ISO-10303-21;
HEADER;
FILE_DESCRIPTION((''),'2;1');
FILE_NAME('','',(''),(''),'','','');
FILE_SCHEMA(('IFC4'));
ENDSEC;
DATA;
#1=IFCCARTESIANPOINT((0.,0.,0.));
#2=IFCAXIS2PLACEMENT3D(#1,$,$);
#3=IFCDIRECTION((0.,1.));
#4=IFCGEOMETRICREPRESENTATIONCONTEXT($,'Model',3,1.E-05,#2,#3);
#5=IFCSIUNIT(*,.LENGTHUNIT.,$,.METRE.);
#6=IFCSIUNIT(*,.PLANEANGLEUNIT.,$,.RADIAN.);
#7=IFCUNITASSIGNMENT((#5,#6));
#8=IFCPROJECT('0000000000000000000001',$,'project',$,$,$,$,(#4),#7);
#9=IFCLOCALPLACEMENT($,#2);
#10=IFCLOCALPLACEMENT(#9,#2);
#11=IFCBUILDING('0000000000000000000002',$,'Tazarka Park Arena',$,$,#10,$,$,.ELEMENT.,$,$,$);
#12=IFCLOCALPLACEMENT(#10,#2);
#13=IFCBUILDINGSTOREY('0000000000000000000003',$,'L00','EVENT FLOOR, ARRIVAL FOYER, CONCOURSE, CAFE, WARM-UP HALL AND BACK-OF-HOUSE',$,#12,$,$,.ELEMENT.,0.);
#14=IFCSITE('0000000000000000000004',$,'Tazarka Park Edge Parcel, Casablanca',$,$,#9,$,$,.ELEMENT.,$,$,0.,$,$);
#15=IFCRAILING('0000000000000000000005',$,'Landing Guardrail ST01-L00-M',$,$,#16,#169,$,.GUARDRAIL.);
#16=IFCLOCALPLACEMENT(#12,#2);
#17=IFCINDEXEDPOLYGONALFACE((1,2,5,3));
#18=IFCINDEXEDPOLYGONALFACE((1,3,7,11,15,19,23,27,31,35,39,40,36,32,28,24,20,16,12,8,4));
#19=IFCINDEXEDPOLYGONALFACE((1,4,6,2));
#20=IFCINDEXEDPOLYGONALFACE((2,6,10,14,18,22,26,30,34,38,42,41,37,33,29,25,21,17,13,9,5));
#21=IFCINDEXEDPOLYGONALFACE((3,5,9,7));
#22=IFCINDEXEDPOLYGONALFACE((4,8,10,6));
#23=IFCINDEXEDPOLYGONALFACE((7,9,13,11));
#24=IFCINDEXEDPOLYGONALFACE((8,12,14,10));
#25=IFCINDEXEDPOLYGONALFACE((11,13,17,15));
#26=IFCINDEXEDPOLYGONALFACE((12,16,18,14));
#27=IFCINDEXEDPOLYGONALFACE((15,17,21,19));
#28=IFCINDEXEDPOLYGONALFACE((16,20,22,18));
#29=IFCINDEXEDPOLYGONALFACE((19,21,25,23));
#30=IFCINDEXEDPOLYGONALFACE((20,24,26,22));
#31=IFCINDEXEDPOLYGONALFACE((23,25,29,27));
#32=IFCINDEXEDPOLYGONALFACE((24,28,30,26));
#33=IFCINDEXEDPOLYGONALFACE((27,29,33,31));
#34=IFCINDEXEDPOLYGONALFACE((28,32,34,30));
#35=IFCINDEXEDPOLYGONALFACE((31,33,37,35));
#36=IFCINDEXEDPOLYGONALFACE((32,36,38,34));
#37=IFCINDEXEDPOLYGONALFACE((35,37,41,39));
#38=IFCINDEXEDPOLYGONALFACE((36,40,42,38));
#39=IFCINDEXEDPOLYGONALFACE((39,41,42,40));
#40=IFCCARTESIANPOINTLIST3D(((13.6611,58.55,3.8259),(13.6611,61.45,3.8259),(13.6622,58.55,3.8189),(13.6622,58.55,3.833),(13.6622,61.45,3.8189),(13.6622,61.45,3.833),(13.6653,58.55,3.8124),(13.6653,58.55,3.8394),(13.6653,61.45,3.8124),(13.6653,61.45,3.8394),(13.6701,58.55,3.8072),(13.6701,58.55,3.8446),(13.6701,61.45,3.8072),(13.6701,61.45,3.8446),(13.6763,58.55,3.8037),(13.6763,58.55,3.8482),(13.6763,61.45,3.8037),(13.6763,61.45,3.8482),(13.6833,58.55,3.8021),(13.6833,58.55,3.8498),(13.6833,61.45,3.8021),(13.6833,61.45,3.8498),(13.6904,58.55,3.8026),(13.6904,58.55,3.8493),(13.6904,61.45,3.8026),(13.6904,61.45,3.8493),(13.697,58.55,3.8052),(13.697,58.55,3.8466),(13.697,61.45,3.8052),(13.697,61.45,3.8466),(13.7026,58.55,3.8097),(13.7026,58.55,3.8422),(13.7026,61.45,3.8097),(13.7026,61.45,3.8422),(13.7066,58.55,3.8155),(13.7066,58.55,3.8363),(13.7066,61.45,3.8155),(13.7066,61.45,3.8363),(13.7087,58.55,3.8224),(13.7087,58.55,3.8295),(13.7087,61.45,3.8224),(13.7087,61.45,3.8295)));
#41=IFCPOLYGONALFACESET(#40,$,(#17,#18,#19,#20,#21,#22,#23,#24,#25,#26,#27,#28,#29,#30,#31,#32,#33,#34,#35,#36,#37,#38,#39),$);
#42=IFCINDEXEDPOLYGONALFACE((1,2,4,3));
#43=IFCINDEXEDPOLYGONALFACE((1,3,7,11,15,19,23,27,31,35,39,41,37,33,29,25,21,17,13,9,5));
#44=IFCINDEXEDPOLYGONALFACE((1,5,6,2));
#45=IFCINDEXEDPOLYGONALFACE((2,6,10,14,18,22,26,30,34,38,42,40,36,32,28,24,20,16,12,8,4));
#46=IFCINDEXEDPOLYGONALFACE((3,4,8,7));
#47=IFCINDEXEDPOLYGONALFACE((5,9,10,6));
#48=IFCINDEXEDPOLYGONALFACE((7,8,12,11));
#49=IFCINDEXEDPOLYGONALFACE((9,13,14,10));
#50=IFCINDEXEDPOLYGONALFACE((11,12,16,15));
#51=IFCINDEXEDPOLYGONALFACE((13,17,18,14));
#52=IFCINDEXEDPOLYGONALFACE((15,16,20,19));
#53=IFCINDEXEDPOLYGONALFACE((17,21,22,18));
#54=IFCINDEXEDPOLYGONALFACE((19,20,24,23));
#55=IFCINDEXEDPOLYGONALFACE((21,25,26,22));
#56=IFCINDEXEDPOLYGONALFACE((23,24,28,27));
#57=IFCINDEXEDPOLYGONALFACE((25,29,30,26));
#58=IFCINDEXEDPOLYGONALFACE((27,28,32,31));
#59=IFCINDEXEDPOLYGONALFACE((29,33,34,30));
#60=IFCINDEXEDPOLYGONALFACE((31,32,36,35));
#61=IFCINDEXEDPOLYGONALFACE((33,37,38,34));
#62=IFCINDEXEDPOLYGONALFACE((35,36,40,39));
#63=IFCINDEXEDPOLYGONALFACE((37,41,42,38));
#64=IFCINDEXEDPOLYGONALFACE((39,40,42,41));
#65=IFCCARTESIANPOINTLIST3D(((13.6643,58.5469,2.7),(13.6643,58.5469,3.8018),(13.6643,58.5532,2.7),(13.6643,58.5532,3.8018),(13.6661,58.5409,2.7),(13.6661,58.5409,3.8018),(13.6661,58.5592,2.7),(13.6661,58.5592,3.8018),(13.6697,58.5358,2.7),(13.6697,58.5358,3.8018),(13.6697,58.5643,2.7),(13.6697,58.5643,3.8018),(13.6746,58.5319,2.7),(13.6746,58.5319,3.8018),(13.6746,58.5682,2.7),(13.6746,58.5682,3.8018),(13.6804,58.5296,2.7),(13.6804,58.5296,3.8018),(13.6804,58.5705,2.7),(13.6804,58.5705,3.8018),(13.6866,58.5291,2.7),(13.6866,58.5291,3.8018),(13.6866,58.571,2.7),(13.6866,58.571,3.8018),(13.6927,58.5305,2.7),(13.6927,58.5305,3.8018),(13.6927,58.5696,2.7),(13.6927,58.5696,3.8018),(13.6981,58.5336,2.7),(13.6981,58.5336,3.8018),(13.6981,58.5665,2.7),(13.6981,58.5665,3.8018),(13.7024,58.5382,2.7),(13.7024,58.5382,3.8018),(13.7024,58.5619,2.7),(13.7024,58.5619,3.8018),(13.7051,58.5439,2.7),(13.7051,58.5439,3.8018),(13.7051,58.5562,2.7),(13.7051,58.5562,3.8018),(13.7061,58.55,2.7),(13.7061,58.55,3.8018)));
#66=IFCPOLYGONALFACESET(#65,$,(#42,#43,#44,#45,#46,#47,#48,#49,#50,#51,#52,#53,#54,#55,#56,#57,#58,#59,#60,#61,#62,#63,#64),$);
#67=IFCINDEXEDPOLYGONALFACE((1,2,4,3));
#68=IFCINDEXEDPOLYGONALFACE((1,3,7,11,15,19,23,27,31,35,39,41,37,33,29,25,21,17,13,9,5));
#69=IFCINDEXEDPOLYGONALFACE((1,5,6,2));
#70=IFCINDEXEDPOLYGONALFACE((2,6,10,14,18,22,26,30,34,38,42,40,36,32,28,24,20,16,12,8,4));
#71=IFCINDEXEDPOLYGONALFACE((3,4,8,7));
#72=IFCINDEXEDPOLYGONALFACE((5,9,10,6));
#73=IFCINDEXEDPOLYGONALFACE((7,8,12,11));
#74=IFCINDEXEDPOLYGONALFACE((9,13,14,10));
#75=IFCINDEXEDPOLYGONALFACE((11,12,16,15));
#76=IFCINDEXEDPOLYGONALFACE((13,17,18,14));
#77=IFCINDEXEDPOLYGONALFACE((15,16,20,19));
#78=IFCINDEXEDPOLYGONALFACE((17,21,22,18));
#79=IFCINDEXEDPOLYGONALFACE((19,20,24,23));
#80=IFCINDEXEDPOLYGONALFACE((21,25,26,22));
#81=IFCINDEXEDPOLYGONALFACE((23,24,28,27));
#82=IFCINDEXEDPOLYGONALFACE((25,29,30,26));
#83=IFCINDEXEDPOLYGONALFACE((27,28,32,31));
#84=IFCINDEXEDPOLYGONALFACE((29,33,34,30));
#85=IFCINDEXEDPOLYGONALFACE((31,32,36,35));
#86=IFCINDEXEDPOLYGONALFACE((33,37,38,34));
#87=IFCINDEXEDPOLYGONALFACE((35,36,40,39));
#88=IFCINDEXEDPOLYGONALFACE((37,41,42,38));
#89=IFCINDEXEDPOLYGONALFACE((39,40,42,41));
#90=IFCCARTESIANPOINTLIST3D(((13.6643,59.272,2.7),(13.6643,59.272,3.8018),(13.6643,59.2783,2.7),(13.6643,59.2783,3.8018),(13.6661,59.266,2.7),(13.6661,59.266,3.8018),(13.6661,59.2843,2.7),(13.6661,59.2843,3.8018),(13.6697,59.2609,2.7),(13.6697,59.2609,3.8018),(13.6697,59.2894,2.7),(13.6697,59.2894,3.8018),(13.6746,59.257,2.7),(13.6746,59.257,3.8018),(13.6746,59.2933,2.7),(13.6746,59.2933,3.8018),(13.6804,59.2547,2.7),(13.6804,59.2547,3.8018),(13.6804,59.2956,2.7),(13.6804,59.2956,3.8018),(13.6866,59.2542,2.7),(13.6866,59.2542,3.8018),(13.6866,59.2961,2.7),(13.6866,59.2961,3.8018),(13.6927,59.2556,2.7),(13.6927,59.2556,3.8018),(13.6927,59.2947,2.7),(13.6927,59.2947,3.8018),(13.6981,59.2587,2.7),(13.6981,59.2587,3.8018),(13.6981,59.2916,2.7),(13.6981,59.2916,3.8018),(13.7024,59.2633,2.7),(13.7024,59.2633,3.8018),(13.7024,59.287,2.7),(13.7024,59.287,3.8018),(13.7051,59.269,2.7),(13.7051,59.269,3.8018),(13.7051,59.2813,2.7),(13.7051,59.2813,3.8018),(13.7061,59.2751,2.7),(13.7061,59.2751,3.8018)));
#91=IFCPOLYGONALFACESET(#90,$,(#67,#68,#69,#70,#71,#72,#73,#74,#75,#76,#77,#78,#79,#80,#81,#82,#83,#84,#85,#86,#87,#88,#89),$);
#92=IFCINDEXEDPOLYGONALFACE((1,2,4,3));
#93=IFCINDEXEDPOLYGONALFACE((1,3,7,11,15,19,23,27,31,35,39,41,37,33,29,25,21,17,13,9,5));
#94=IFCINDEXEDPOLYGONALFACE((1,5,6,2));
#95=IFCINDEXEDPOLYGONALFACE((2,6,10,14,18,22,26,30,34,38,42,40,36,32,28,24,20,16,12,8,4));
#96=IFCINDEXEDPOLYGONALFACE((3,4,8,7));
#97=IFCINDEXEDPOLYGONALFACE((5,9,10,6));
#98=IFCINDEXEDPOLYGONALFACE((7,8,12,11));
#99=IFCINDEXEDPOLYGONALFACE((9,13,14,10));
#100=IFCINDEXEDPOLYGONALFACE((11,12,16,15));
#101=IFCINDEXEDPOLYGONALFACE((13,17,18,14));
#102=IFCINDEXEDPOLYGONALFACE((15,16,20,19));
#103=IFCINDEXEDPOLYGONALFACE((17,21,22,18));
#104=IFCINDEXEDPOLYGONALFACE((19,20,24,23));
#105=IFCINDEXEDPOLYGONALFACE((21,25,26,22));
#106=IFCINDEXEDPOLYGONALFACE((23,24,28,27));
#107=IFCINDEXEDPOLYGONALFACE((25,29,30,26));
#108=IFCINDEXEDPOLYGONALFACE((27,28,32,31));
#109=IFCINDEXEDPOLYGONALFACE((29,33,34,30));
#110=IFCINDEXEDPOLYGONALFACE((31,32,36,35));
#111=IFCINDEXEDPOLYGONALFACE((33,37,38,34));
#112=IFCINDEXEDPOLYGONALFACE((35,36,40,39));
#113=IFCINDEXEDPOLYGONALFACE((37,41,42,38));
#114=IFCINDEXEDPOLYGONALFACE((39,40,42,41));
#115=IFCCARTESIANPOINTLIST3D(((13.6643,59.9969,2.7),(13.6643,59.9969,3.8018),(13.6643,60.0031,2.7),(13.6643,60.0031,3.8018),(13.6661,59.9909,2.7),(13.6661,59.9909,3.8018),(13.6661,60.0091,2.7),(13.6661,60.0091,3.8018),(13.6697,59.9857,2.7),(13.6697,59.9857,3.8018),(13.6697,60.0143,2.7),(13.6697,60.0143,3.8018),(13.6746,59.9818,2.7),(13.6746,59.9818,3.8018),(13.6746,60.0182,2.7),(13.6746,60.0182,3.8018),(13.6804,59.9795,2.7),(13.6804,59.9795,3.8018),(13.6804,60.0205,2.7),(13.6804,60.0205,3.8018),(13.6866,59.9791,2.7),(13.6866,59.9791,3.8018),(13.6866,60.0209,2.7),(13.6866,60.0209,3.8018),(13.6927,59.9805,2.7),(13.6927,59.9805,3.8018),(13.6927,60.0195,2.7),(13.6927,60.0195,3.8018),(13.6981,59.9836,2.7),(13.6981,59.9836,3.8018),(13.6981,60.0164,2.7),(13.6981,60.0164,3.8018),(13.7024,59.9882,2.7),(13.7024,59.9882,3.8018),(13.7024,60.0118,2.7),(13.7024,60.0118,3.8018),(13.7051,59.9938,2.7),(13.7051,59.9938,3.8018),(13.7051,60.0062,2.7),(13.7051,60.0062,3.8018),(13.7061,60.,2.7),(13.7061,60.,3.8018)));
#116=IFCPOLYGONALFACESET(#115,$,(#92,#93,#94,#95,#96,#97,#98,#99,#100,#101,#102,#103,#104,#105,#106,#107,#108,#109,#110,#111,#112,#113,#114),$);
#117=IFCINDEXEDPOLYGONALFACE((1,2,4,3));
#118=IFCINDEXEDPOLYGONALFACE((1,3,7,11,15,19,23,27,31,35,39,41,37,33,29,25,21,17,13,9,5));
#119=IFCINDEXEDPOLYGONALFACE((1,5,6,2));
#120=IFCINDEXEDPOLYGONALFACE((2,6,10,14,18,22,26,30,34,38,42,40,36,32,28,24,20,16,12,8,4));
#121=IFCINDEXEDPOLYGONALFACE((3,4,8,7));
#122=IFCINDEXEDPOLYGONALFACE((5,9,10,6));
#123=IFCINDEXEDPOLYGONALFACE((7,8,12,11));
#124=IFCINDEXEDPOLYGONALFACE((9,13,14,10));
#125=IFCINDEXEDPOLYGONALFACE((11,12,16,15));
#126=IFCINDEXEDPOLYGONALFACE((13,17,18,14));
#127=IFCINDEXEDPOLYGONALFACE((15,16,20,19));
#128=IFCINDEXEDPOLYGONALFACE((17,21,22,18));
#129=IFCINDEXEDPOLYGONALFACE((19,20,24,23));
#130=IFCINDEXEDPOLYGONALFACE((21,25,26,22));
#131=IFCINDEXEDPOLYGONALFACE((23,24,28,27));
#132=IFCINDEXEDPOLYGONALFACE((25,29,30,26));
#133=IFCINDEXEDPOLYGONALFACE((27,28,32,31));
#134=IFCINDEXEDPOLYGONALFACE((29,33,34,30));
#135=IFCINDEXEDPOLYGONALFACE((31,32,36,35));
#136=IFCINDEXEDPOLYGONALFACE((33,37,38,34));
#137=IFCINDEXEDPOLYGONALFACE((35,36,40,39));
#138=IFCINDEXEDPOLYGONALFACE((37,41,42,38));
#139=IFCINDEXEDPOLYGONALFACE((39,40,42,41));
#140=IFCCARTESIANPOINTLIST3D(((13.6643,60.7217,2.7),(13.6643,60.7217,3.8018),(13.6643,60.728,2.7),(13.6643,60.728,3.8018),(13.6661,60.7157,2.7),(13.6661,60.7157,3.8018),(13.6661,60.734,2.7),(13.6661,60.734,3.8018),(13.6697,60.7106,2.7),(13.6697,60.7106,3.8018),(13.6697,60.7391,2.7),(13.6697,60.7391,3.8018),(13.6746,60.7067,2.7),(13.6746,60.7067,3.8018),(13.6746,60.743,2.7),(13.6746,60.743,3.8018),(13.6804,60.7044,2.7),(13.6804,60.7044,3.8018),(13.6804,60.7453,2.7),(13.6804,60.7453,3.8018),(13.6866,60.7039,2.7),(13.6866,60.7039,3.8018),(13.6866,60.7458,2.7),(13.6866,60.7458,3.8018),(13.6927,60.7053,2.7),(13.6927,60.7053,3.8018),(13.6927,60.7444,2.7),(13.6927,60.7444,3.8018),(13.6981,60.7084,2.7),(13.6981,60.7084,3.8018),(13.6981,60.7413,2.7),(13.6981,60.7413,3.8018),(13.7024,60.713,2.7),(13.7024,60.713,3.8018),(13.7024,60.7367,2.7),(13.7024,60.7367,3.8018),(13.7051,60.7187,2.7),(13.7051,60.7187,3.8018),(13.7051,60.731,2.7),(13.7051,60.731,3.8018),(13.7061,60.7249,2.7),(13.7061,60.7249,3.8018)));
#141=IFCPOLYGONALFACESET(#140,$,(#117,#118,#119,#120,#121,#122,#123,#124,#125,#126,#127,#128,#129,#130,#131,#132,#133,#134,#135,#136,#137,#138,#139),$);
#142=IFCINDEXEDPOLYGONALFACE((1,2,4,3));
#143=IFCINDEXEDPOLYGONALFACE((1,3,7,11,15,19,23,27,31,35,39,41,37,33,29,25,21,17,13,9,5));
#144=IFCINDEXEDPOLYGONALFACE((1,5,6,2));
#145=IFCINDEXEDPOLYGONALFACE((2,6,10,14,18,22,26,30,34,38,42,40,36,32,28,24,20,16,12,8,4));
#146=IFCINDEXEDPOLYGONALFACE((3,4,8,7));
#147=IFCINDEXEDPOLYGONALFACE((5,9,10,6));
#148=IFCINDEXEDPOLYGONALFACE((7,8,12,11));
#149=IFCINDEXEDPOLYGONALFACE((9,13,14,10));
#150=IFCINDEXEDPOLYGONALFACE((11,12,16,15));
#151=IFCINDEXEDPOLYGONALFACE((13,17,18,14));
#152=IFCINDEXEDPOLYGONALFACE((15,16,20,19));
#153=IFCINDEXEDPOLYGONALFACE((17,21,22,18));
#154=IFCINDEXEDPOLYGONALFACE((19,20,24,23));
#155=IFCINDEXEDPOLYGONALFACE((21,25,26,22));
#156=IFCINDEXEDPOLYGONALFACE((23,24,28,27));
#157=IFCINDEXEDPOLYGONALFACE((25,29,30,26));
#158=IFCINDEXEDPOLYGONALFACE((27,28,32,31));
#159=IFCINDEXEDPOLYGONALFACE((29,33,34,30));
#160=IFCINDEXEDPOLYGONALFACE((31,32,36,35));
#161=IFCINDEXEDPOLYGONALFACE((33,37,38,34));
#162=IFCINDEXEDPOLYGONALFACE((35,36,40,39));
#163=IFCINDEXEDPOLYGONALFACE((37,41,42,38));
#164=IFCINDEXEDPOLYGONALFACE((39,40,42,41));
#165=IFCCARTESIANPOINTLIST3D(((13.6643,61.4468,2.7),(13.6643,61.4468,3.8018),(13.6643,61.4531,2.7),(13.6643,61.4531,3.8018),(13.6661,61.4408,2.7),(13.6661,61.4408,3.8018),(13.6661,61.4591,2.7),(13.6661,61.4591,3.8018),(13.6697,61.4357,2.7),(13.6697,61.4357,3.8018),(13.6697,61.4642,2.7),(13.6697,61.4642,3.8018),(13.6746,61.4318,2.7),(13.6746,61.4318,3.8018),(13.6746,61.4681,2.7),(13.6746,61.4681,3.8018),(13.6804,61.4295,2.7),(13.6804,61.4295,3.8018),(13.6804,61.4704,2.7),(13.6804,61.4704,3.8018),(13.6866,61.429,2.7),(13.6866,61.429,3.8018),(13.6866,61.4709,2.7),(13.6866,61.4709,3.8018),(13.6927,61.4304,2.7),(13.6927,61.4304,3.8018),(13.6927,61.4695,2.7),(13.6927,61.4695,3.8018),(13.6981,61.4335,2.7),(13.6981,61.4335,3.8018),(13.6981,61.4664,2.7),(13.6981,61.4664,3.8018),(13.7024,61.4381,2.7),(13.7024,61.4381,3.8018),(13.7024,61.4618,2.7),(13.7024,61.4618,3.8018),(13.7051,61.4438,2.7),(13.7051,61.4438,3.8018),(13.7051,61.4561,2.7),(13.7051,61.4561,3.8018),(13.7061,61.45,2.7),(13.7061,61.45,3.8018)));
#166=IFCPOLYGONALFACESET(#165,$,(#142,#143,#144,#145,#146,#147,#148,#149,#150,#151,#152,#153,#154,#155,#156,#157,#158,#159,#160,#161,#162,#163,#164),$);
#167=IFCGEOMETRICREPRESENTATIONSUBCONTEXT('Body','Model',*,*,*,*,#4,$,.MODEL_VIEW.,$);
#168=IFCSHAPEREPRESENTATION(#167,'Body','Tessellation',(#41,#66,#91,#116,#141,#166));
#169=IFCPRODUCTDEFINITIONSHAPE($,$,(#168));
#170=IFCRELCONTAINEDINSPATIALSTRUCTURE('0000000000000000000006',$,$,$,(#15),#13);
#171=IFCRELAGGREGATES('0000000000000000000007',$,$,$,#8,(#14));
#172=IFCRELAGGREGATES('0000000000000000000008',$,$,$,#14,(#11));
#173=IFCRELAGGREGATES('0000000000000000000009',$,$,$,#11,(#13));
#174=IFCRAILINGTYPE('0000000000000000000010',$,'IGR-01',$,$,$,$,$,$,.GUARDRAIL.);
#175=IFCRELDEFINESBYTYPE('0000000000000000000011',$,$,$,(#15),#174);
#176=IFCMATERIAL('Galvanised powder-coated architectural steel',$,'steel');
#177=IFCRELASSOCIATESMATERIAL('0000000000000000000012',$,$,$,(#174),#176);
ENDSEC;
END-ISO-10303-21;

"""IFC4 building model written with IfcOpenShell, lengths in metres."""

from ifc_helpers import new_model, si_unit, direction, frame, origin, origin_2d, place, context, subcontext, project, spatial, circle, extrude, material, type_object, element, save


model = new_model("IFC4")

# Units and contexts
model_context = context("Model", 3, precision=1e-05, world=origin(), true_north=direction((0.0, 1.0)))
body_context = subcontext(model_context, "Body", "Model", "MODEL_VIEW")
ifc_project = project(units=[si_unit("LENGTHUNIT", "METRE"), si_unit("PLANEANGLEUNIT", "RADIAN")], contexts=[model_context])

# Site, building, storey
site_placement = place(None, origin())
site = spatial("IfcSite", under=ifc_project, at=site_placement, Name="Tazarka Park Edge Parcel, Casablanca", CompositionType="ELEMENT", RefElevation=0.0)
building_placement = place(site_placement, origin())
building = spatial("IfcBuilding", under=site, at=building_placement, Name="Tazarka Park Arena", CompositionType="ELEMENT")
storey_placement = place(building_placement, origin())
storey = spatial("IfcBuildingStorey", under=building, at=storey_placement, Name="L00", Description="EVENT FLOOR, ARRIVAL FOYER, CONCOURSE, CAFE, WARM-UP HALL AND BACK-OF-HOUSE", CompositionType="ELEMENT", Elevation=0.0)

# Railing
ifc_material_1 = material(Name="Galvanised powder-coated architectural steel", Category="steel")
railing_type_1 = type_object("IfcRailingType", Name="IGR-01", PredefinedType="GUARDRAIL", material=ifc_material_1)
for number, where, name in (
    (1, (13.6851, 58.55, 2.7), "Landing Guardrail ST01-L00-M"),
):
    element("IfcRailing", number, at=place(storey_placement, frame(where)), inside=storey, type_object=railing_type_1, Name=name, PredefinedType="GUARDRAIL", context=body_context, shape_type="SweptSolid", body=[
        extrude(circle(Radius=0.0239, at=origin_2d()), frame((0.0, 0.0, 1.126), z_axis=(0.0, 1.0, 0.0), x_axis=(-1.0, 0.0, 0.0)), (0.0, 0.0, 1.0), 2.8999),
        extrude(circle(Radius=0.021, at=origin_2d()), origin(), (0.0, 0.0, 1.0), 1.1018),
        extrude(circle(Radius=0.021, at=origin_2d()), frame((0.0, 0.7251, 0.0)), (0.0, 0.0, 1.0), 1.1018),
        extrude(circle(Radius=0.021, at=origin_2d()), frame((0.0, 1.45, 0.0)), (0.0, 0.0, 1.0), 1.1018),
        extrude(circle(Radius=0.021, at=origin_2d()), frame((0.0, 2.1748, 0.0)), (0.0, 0.0, 1.0), 1.1018),
        extrude(circle(Radius=0.021, at=origin_2d()), frame((0.0, 2.8999, 0.0)), (0.0, 0.0, 1.0), 1.1018),
    ])

save(model, "model.ifc")
